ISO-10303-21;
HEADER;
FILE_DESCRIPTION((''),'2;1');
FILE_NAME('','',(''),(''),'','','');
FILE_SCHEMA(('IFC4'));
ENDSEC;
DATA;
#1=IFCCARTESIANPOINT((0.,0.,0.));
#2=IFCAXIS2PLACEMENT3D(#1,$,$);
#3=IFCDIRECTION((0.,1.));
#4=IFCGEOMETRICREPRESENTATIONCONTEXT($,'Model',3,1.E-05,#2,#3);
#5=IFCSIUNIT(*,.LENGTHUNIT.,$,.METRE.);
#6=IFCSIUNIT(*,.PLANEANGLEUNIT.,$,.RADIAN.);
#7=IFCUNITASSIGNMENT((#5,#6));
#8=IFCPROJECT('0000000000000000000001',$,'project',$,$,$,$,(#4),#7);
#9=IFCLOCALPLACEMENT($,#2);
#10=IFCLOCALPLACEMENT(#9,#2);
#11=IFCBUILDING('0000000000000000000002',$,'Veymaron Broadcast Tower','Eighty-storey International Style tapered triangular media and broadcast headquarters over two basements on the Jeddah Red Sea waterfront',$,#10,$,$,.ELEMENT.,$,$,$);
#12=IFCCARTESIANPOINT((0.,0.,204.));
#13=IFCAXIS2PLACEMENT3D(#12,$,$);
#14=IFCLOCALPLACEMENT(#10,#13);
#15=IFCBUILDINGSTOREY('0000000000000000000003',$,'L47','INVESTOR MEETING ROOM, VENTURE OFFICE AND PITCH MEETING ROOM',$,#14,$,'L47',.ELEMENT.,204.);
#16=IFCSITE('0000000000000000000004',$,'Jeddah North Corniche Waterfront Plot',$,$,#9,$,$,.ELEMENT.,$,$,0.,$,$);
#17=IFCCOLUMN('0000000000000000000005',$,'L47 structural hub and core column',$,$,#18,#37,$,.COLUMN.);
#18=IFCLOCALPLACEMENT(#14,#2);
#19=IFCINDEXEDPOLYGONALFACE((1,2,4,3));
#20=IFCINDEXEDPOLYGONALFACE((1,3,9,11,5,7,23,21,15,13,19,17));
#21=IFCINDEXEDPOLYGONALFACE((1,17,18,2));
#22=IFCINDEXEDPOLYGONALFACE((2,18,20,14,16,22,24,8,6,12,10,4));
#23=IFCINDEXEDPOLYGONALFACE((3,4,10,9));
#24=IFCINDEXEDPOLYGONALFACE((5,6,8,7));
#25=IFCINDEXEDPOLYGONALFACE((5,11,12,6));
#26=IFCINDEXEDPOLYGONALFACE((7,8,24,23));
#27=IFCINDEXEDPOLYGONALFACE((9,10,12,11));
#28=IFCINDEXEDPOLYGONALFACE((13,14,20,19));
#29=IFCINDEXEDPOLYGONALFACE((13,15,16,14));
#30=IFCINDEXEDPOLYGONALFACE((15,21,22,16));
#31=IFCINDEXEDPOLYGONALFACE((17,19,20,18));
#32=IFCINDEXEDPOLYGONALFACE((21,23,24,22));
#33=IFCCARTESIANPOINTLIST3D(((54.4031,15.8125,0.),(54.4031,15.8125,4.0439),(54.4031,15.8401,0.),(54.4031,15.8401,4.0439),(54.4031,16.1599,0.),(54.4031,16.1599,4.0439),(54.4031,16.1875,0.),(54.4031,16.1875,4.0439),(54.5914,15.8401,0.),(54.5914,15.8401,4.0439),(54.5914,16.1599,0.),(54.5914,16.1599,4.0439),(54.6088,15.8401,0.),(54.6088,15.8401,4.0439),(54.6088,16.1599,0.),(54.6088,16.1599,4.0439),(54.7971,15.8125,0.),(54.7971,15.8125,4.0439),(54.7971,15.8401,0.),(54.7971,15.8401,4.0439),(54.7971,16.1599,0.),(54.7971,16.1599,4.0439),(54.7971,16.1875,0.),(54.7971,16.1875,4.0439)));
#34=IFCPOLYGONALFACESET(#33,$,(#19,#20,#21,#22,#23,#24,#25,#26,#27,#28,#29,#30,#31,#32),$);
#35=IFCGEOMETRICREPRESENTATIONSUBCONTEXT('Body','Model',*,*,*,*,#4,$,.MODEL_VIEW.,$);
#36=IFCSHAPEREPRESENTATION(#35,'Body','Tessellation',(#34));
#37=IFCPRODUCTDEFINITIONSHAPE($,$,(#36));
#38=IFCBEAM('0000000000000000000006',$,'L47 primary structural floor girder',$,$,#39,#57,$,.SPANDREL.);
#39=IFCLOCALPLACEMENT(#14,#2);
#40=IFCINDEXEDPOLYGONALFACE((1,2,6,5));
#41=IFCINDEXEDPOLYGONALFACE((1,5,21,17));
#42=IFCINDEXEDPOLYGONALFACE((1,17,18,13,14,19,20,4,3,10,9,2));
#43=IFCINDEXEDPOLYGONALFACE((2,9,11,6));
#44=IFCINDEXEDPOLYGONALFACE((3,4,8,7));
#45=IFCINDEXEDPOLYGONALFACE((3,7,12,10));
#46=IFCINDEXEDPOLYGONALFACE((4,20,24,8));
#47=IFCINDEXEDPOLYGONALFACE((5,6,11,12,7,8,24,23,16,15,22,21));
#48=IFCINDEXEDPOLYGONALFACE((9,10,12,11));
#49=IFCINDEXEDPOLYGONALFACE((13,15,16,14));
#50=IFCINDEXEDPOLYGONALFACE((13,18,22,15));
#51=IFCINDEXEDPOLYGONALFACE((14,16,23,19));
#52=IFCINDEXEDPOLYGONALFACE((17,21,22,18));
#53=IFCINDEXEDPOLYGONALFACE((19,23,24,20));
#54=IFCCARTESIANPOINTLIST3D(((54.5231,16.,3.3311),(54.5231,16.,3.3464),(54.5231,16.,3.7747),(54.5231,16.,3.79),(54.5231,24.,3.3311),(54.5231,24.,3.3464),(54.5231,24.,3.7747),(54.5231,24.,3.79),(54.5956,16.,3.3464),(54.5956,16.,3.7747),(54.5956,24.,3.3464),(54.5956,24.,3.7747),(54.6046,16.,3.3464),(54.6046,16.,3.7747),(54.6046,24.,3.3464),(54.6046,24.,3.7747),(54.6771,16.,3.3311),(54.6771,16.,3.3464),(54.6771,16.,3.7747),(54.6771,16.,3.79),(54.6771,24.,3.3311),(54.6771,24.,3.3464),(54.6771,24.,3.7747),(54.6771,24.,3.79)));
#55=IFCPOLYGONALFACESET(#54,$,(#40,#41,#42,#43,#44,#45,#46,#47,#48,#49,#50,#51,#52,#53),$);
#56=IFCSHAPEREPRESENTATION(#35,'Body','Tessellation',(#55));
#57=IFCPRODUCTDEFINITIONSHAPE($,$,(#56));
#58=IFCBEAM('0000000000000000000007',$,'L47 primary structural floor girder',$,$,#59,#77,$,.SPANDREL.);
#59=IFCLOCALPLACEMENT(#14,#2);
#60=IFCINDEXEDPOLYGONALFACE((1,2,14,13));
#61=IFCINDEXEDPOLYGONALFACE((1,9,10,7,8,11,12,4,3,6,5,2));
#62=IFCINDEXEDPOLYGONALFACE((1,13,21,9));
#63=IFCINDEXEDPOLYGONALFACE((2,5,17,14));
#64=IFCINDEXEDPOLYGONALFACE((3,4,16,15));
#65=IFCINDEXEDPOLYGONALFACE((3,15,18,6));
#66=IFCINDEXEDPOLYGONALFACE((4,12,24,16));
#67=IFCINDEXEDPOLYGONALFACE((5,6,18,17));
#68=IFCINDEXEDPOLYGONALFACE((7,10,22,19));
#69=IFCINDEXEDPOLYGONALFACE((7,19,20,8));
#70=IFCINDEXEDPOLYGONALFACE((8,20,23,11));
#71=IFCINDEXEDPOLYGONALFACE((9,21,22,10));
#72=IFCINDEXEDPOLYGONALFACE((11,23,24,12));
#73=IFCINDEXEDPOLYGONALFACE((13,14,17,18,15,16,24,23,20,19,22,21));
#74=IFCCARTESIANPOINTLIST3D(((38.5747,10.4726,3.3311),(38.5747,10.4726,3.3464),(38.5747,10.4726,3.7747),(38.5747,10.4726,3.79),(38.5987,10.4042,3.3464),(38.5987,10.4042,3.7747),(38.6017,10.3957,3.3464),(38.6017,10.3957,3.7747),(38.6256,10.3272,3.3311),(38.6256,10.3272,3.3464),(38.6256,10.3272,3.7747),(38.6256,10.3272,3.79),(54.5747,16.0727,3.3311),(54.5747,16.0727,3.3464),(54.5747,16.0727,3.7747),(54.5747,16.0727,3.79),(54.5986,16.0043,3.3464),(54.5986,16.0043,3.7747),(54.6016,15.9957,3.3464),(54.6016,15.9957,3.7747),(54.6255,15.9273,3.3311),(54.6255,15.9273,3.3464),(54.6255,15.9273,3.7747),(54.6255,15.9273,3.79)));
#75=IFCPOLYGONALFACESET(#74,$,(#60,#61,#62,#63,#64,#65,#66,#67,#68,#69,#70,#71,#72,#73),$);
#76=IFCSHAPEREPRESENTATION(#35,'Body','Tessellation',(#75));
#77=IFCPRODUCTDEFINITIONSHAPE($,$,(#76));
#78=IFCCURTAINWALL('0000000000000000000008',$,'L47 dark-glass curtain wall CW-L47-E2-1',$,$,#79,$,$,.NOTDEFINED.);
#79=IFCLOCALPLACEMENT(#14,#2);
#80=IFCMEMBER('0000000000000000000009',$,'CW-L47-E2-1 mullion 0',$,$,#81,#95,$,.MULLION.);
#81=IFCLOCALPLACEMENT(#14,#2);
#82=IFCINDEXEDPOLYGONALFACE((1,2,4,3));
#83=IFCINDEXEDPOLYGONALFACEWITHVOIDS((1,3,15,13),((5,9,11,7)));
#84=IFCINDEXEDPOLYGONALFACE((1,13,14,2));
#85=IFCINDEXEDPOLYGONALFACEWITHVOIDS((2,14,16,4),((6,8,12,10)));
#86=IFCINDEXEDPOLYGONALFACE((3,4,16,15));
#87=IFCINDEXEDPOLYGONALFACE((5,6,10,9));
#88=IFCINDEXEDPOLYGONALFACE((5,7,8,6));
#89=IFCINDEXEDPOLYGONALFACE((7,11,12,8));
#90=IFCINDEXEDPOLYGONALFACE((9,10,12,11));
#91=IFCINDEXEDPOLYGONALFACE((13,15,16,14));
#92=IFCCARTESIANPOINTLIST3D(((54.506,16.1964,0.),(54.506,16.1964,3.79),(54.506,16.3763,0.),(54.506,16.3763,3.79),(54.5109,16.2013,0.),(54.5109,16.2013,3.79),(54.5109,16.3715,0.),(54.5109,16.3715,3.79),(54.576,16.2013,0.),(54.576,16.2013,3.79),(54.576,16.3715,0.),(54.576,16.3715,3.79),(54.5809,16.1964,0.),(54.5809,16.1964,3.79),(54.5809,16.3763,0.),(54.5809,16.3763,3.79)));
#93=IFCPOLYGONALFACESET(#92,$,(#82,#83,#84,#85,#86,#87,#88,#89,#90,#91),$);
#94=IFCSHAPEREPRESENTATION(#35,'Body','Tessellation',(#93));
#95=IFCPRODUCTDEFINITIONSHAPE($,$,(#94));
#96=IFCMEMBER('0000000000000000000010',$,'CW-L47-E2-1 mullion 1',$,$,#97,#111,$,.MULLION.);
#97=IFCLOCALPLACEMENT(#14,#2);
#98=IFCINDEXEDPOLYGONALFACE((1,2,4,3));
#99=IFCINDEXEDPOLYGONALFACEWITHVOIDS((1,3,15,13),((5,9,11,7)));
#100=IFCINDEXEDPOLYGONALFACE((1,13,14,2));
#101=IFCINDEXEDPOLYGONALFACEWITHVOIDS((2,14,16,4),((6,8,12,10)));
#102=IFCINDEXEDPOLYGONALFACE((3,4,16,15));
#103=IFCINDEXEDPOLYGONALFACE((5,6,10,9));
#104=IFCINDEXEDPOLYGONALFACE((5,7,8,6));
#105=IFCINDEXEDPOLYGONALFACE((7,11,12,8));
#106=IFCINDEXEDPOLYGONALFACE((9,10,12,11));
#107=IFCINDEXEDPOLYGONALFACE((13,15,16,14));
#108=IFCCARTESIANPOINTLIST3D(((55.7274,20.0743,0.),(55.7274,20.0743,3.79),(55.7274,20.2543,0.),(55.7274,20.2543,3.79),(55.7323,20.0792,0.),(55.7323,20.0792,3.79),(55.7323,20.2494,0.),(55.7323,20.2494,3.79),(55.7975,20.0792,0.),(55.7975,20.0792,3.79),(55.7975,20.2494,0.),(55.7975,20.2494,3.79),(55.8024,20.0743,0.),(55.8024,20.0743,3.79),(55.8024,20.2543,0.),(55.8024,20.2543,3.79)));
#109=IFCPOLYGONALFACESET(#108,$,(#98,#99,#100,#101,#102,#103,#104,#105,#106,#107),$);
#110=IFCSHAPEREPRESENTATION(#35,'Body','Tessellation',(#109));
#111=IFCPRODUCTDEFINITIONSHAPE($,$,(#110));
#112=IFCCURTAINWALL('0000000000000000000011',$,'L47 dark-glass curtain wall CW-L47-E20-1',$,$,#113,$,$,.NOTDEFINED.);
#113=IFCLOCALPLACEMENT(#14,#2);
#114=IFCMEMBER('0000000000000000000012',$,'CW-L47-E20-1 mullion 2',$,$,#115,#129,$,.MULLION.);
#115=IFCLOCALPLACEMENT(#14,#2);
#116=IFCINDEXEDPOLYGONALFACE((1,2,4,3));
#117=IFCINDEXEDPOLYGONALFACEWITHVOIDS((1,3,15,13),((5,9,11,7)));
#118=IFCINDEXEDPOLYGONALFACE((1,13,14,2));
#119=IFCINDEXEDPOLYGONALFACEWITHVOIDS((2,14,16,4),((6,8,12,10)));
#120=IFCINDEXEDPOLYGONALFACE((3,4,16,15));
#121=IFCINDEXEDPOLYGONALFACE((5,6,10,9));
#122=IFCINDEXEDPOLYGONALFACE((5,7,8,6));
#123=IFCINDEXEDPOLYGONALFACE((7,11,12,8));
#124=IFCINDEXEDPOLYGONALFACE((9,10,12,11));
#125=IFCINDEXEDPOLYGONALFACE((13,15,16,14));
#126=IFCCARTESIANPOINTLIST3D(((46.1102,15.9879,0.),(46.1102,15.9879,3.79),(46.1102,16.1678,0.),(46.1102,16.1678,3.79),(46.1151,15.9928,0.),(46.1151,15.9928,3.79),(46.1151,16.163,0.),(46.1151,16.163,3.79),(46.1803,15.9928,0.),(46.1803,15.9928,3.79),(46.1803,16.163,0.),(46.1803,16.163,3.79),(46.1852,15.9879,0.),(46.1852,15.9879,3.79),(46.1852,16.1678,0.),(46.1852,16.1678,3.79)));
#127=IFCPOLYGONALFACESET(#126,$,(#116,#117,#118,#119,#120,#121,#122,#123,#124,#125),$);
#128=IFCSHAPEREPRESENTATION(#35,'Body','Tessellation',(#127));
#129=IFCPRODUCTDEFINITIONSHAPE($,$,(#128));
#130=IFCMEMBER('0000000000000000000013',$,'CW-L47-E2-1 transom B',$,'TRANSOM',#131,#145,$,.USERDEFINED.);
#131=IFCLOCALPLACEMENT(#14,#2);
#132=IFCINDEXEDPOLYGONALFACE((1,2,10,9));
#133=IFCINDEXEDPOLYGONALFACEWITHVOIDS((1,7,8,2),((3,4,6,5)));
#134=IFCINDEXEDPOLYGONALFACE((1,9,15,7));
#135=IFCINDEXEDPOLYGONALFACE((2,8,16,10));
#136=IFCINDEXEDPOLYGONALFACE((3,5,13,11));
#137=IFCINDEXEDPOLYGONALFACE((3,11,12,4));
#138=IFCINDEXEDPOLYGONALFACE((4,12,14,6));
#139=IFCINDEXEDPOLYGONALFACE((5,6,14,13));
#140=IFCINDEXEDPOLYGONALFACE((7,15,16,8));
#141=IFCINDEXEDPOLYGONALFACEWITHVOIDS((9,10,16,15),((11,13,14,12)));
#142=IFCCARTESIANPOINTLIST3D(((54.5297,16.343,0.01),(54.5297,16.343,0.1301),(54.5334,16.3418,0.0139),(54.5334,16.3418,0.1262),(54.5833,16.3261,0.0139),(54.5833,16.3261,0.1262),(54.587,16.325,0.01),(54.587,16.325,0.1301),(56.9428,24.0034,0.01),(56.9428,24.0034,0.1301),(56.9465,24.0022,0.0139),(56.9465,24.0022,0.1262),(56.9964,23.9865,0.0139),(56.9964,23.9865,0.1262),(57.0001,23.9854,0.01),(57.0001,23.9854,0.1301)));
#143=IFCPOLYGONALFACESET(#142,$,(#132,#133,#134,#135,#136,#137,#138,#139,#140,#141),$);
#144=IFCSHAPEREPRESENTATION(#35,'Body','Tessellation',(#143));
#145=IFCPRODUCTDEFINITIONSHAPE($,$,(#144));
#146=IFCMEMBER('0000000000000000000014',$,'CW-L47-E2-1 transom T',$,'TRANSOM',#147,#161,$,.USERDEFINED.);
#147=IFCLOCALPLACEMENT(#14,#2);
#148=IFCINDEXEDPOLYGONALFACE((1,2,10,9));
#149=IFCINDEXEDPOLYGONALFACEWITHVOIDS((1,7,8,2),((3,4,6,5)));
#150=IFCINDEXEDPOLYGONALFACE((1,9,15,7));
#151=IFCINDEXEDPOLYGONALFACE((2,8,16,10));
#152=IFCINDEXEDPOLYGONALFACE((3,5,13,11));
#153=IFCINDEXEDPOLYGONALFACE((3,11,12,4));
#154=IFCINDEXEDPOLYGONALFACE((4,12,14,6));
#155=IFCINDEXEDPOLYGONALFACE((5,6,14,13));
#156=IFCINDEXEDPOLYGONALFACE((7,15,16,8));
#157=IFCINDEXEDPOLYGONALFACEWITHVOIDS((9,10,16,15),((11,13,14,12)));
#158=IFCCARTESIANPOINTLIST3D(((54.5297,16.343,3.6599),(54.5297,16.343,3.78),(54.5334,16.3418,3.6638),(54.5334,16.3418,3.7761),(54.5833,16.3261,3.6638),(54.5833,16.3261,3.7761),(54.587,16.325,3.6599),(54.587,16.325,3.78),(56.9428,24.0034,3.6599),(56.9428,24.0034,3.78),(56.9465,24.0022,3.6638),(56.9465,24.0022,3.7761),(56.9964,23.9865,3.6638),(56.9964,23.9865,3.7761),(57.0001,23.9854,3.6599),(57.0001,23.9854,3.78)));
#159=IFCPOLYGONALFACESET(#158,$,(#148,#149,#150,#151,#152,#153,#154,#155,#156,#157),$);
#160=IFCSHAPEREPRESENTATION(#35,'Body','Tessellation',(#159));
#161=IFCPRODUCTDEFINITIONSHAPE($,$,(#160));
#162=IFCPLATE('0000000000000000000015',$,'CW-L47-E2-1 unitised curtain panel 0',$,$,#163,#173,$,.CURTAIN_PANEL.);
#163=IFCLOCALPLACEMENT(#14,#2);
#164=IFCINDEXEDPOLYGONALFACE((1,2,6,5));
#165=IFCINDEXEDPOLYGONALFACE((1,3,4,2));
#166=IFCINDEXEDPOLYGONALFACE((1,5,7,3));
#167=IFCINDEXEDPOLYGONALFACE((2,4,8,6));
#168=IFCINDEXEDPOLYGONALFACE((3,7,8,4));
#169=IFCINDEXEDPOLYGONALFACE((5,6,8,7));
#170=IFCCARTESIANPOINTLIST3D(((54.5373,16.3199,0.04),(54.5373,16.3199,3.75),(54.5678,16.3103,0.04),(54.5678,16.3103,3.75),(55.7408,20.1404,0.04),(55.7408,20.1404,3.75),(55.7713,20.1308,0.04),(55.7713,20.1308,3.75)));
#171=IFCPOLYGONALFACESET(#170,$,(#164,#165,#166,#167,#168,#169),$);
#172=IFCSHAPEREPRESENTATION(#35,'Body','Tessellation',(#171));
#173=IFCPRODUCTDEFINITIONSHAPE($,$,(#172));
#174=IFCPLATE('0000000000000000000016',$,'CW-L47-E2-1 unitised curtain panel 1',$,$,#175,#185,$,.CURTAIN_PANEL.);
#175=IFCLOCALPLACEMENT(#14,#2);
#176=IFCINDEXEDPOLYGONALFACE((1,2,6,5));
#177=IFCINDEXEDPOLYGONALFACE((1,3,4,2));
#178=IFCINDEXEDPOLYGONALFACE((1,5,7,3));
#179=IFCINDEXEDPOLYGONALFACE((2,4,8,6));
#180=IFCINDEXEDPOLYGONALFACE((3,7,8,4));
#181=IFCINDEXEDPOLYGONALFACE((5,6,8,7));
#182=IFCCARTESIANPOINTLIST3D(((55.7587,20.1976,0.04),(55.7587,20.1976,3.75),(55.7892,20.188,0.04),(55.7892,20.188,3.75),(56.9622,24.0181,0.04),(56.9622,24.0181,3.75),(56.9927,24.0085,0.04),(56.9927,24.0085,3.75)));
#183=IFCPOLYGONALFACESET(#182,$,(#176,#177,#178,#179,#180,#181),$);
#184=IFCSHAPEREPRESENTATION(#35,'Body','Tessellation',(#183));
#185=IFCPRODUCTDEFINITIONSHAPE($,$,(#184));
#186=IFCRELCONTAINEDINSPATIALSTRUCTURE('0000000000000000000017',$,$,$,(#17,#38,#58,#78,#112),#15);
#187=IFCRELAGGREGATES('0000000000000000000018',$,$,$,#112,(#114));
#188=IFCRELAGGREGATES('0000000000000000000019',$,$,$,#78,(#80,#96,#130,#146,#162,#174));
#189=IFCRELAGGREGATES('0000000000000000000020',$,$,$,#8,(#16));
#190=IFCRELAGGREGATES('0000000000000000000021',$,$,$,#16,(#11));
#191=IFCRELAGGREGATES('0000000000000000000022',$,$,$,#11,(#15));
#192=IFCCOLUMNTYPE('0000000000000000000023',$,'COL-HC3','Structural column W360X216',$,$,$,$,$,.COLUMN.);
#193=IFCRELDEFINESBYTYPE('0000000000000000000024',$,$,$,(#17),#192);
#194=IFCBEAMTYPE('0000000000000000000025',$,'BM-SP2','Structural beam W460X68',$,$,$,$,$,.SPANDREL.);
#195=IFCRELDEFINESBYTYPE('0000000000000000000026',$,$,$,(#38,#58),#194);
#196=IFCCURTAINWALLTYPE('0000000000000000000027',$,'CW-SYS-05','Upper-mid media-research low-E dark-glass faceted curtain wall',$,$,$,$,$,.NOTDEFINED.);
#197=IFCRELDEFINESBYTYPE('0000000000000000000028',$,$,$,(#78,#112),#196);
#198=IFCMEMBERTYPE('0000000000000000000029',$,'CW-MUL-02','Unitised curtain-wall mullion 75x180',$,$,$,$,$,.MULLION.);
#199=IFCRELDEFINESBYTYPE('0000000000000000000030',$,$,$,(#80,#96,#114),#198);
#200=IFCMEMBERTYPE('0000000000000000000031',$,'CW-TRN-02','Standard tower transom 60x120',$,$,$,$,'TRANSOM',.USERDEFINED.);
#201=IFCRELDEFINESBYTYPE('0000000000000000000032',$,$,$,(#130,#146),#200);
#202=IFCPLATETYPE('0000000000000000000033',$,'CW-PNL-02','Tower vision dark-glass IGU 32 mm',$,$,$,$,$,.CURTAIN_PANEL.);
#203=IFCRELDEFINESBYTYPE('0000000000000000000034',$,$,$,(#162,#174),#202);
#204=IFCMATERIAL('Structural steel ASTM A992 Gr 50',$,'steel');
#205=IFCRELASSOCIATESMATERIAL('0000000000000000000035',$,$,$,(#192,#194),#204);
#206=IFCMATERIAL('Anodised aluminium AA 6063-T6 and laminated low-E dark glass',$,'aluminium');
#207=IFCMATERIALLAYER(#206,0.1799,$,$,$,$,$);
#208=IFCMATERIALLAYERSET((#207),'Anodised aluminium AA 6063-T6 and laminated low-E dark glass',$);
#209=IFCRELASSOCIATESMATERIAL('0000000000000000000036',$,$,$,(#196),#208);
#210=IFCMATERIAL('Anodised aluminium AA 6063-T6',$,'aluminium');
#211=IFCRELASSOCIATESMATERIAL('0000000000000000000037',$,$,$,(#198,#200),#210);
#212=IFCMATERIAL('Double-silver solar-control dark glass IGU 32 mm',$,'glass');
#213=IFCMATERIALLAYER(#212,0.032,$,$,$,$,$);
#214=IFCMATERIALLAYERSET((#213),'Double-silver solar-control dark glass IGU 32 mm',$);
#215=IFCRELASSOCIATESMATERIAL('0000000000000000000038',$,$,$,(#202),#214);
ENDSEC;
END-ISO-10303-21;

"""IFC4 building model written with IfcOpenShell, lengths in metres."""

from ifc_helpers import new_model, si_unit, direction, frame, origin, origin_2d, place, context, subcontext, project, spatial, rectangle, hollow_rectangle, i_section, extrude, material, layer, layer_set, material_profile, profile_set, type_object, element, aggregate, save


model = new_model("IFC4")

# Units and contexts
model_context = context("Model", 3, precision=1e-05, world=origin(), true_north=direction((0.0, 1.0)))
body_context = subcontext(model_context, "Body", "Model", "MODEL_VIEW")
ifc_project = project(units=[si_unit("LENGTHUNIT", "METRE"), si_unit("PLANEANGLEUNIT", "RADIAN")], contexts=[model_context])

# Site, building, storey
site_placement = place(None, origin())
site = spatial("IfcSite", under=ifc_project, at=site_placement, Name="Jeddah North Corniche Waterfront Plot", CompositionType="ELEMENT", RefElevation=0.0)
building_placement = place(site_placement, origin())
building = spatial("IfcBuilding", under=site, at=building_placement, Name="Veymaron Broadcast Tower", Description="Eighty-storey International Style tapered triangular media and broadcast headquarters over two basements on the Jeddah Red Sea waterfront", CompositionType="ELEMENT")
storey_placement = place(building_placement, frame((0.0, 0.0, 204.0)))
storey = spatial("IfcBuildingStorey", under=building, at=storey_placement, Name="L47", Description="INVESTOR MEETING ROOM, VENTURE OFFICE AND PITCH MEETING ROOM", LongName="L47", CompositionType="ELEMENT", Elevation=204.0)

# Column
ifc_material_1 = material(Name="Structural steel ASTM A992 Gr 50", Category="steel")
ifc_material_profile_1 = material_profile(ifc_material_1, i_section(OverallWidth=0.394, OverallDepth=0.375, WebThickness=0.0173, FlangeThickness=0.0276, at=origin_2d()), Name="W360X216")
ifc_profile_set_1 = profile_set([ifc_material_profile_1], Name="Structural steel ASTM A992 Gr 50")
column_type = type_object("IfcColumnType", Name="COL-HC3", Description="Structural column W360X216", PredefinedType="COLUMN", material=ifc_profile_set_1)
column_placement = place(storey_placement, frame((54.6001, 16.0, 0.0), z_axis=(0.0, 0.0, 1.0), x_axis=(1.0, 0.0, 0.0)))
element("IfcColumn", 1, at=column_placement, inside=storey, type_object=column_type, Name="L47 structural hub and core column", PredefinedType="COLUMN", context=body_context, shape_type="SweptSolid", body=[
    extrude(i_section(OverallWidth=0.394, OverallDepth=0.375, WebThickness=0.0173, FlangeThickness=0.0276, at=origin_2d()), origin(), (0.0, 0.0, 1.0), 4.0439),
])

# Beams
ifc_material_profile_2 = material_profile(ifc_material_1, i_section(OverallWidth=0.1541, OverallDepth=0.459, WebThickness=0.009, FlangeThickness=0.0154, at=origin_2d()), Name="W460X68")
ifc_profile_set_2 = profile_set([ifc_material_profile_2], Name="Structural steel ASTM A992 Gr 50")
beam_type = type_object("IfcBeamType", Name="BM-SP2", Description="Structural beam W460X68", PredefinedType="SPANDREL", material=ifc_profile_set_2)
beam_1_placement = place(storey_placement, frame((54.6001, 16.0, 3.5605), z_axis=(0.0, 1.0, 0.0), x_axis=(-1.0, 0.0, 0.0)))
element("IfcBeam", 2, at=beam_1_placement, inside=storey, type_object=beam_type, Name="L47 primary structural floor girder", PredefinedType="SPANDREL", context=body_context, shape_type="SweptSolid", body=[
    extrude(i_section(OverallWidth=0.1541, OverallDepth=0.459, WebThickness=0.009, FlangeThickness=0.0154, at=origin_2d()), origin(), (0.0, 0.0, 1.0), 8.0),
])
beam_2_placement = place(storey_placement, frame((54.6001, 16.0, 3.5605), z_axis=(-0.943857, -0.330356, 0.0), x_axis=(0.330356, -0.943857, 0.0)))
element("IfcBeam", 3, at=beam_2_placement, inside=storey, type_object=beam_type, Name="L47 primary structural floor girder", PredefinedType="SPANDREL", context=body_context, shape_type="SweptSolid", body=[
    extrude(i_section(OverallWidth=0.1541, OverallDepth=0.459, WebThickness=0.009, FlangeThickness=0.0154, at=origin_2d()), origin(), (0.0, 0.0, 1.0), 16.9517),
])

# Curtain wall, members
ifc_material_2 = material(Name="Anodised aluminium AA 6063-T6 and laminated low-E dark glass", Category="aluminium")
ifc_layer_1 = layer(ifc_material_2, 0.1799)
ifc_layer_set_1 = layer_set([ifc_layer_1], Name="Anodised aluminium AA 6063-T6 and laminated low-E dark glass")
curtain_wall_type = type_object("IfcCurtainWallType", Name="CW-SYS-05", Description="Upper-mid media-research low-E dark-glass faceted curtain wall", PredefinedType="NOTDEFINED", material=ifc_layer_set_1)
curtain_wall_1_placement = place(storey_placement, origin())
curtain_wall_1 = element("IfcCurtainWall", 4, at=curtain_wall_1_placement, inside=storey, type_object=curtain_wall_type, Name="L47 dark-glass curtain wall CW-L47-E2-1", PredefinedType="NOTDEFINED")
ifc_material_3 = material(Name="Anodised aluminium AA 6063-T6", Category="aluminium")
ifc_material_profile_3 = material_profile(ifc_material_3, hollow_rectangle(XDim=0.075, YDim=0.1799, WallThickness=0.0049, at=origin_2d()), Name="AL180X75X5")
ifc_profile_set_3 = profile_set([ifc_material_profile_3], Name="Anodised aluminium AA 6063-T6")
member_type_1 = type_object("IfcMemberType", Name="CW-MUL-02", Description="Unitised curtain-wall mullion 75x180", PredefinedType="MULLION", material=ifc_profile_set_3)
member_1_placement = place(storey_placement, frame((54.5435, 16.2864, 0.0), z_axis=(0.0, 0.0, 1.0), x_axis=(1.0, 0.0, 0.0)))
member_1 = element("IfcMember", 5, at=member_1_placement, type_object=member_type_1, Name="CW-L47-E2-1 mullion 0", PredefinedType="MULLION", context=body_context, shape_type="SweptSolid", body=[
    extrude(hollow_rectangle(XDim=0.075, YDim=0.1799, WallThickness=0.0049, at=origin_2d()), origin(), (0.0, 0.0, 1.0), 3.79),
])
member_2_placement = place(storey_placement, frame((55.7649, 20.1643, 0.0), z_axis=(0.0, 0.0, 1.0), x_axis=(1.0, 0.0, 0.0)))
member_2 = element("IfcMember", 6, at=member_2_placement, type_object=member_type_1, Name="CW-L47-E2-1 mullion 1", PredefinedType="MULLION", context=body_context, shape_type="SweptSolid", body=[
    extrude(hollow_rectangle(XDim=0.075, YDim=0.1799, WallThickness=0.0049, at=origin_2d()), origin(), (0.0, 0.0, 1.0), 3.79),
])

# Curtain wall, member
curtain_wall_2_placement = place(storey_placement, origin())
curtain_wall_2 = element("IfcCurtainWall", 7, at=curtain_wall_2_placement, inside=storey, type_object=curtain_wall_type, Name="L47 dark-glass curtain wall CW-L47-E20-1", PredefinedType="NOTDEFINED")
member_3_placement = place(storey_placement, frame((46.1477, 16.0779, 0.0), z_axis=(0.0, 0.0, 1.0), x_axis=(1.0, 0.0, 0.0)))
member_3 = element("IfcMember", 8, at=member_3_placement, type_object=member_type_1, Name="CW-L47-E20-1 mullion 2", PredefinedType="MULLION", context=body_context, shape_type="SweptSolid", body=[
    extrude(hollow_rectangle(XDim=0.075, YDim=0.1799, WallThickness=0.0049, at=origin_2d()), origin(), (0.0, 0.0, 1.0), 3.79),
])
aggregate(curtain_wall_2, [member_3])

# Members
ifc_material_profile_4 = material_profile(ifc_material_3, hollow_rectangle(XDim=0.0601, YDim=0.1201, WallThickness=0.0039, at=origin_2d()), Name="AL120X60X4")
ifc_profile_set_4 = profile_set([ifc_material_profile_4], Name="Anodised aluminium AA 6063-T6")
member_type_2 = type_object("IfcMemberType", Name="CW-TRN-02", Description="Standard tower transom 60x120", ElementType="TRANSOM", PredefinedType="USERDEFINED", material=ifc_profile_set_4)
member_4_placement = place(storey_placement, frame((54.5583, 16.334, 0.0701), z_axis=(0.300453, 0.953797, 0.0), x_axis=(-0.953797, 0.300453, 0.0)))
member_4 = element("IfcMember", 9, at=member_4_placement, type_object=member_type_2, Name="CW-L47-E2-1 transom B", ObjectType="TRANSOM", PredefinedType="USERDEFINED", context=body_context, shape_type="SweptSolid", body=[
    extrude(hollow_rectangle(XDim=0.0601, YDim=0.1201, WallThickness=0.0039, at=origin_2d()), origin(), (0.0, 0.0, 1.0), 8.0315),
])
member_5_placement = place(storey_placement, frame((54.5583, 16.334, 3.72), z_axis=(0.300453, 0.953797, 0.0), x_axis=(-0.953797, 0.300453, 0.0)))
member_5 = element("IfcMember", 10, at=member_5_placement, type_object=member_type_2, Name="CW-L47-E2-1 transom T", ObjectType="TRANSOM", PredefinedType="USERDEFINED", context=body_context, shape_type="SweptSolid", body=[
    extrude(hollow_rectangle(XDim=0.0601, YDim=0.1201, WallThickness=0.0039, at=origin_2d()), origin(), (0.0, 0.0, 1.0), 8.0315),
])

# Plates
ifc_material_4 = material(Name="Double-silver solar-control dark glass IGU 32 mm", Category="glass")
ifc_layer_2 = layer(ifc_material_4, 0.032)
ifc_layer_set_2 = layer_set([ifc_layer_2], Name="Double-silver solar-control dark glass IGU 32 mm")
plate_type_1 = type_object("IfcPlateType", Name="CW-PNL-02", Description="Tower vision dark-glass IGU 32 mm", PredefinedType="CURTAIN_PANEL", material=ifc_layer_set_2)
plate_1_placement = place(storey_placement, frame((55.1543, 18.2253, 0.04), z_axis=(0.0, 0.0, 1.0), x_axis=(0.300456, 0.953796, 0.0)))
plate_1 = element("IfcPlate", 11, at=plate_1_placement, type_object=plate_type_1, Name="CW-L47-E2-1 unitised curtain panel 0", PredefinedType="CURTAIN_PANEL", context=body_context, shape_type="SweptSolid", body=[
    extrude(rectangle(XDim=4.0056, YDim=0.032, at=origin_2d()), origin(), (0.0, 0.0, 1.0), 3.71),
])
plate_2_placement = place(storey_placement, frame((56.3757, 22.103, 0.04), z_axis=(0.0, 0.0, 1.0), x_axis=(0.300456, 0.953796, 0.0)))
plate_2 = element("IfcPlate", 12, at=plate_2_placement, type_object=plate_type_1, Name="CW-L47-E2-1 unitised curtain panel 1", PredefinedType="CURTAIN_PANEL", context=body_context, shape_type="SweptSolid", body=[
    extrude(rectangle(XDim=4.0056, YDim=0.032, at=origin_2d()), origin(), (0.0, 0.0, 1.0), 3.71),
])
aggregate(curtain_wall_1, [member_1, member_2, member_4, member_5, plate_1, plate_2])

save(model, "model.ifc")
